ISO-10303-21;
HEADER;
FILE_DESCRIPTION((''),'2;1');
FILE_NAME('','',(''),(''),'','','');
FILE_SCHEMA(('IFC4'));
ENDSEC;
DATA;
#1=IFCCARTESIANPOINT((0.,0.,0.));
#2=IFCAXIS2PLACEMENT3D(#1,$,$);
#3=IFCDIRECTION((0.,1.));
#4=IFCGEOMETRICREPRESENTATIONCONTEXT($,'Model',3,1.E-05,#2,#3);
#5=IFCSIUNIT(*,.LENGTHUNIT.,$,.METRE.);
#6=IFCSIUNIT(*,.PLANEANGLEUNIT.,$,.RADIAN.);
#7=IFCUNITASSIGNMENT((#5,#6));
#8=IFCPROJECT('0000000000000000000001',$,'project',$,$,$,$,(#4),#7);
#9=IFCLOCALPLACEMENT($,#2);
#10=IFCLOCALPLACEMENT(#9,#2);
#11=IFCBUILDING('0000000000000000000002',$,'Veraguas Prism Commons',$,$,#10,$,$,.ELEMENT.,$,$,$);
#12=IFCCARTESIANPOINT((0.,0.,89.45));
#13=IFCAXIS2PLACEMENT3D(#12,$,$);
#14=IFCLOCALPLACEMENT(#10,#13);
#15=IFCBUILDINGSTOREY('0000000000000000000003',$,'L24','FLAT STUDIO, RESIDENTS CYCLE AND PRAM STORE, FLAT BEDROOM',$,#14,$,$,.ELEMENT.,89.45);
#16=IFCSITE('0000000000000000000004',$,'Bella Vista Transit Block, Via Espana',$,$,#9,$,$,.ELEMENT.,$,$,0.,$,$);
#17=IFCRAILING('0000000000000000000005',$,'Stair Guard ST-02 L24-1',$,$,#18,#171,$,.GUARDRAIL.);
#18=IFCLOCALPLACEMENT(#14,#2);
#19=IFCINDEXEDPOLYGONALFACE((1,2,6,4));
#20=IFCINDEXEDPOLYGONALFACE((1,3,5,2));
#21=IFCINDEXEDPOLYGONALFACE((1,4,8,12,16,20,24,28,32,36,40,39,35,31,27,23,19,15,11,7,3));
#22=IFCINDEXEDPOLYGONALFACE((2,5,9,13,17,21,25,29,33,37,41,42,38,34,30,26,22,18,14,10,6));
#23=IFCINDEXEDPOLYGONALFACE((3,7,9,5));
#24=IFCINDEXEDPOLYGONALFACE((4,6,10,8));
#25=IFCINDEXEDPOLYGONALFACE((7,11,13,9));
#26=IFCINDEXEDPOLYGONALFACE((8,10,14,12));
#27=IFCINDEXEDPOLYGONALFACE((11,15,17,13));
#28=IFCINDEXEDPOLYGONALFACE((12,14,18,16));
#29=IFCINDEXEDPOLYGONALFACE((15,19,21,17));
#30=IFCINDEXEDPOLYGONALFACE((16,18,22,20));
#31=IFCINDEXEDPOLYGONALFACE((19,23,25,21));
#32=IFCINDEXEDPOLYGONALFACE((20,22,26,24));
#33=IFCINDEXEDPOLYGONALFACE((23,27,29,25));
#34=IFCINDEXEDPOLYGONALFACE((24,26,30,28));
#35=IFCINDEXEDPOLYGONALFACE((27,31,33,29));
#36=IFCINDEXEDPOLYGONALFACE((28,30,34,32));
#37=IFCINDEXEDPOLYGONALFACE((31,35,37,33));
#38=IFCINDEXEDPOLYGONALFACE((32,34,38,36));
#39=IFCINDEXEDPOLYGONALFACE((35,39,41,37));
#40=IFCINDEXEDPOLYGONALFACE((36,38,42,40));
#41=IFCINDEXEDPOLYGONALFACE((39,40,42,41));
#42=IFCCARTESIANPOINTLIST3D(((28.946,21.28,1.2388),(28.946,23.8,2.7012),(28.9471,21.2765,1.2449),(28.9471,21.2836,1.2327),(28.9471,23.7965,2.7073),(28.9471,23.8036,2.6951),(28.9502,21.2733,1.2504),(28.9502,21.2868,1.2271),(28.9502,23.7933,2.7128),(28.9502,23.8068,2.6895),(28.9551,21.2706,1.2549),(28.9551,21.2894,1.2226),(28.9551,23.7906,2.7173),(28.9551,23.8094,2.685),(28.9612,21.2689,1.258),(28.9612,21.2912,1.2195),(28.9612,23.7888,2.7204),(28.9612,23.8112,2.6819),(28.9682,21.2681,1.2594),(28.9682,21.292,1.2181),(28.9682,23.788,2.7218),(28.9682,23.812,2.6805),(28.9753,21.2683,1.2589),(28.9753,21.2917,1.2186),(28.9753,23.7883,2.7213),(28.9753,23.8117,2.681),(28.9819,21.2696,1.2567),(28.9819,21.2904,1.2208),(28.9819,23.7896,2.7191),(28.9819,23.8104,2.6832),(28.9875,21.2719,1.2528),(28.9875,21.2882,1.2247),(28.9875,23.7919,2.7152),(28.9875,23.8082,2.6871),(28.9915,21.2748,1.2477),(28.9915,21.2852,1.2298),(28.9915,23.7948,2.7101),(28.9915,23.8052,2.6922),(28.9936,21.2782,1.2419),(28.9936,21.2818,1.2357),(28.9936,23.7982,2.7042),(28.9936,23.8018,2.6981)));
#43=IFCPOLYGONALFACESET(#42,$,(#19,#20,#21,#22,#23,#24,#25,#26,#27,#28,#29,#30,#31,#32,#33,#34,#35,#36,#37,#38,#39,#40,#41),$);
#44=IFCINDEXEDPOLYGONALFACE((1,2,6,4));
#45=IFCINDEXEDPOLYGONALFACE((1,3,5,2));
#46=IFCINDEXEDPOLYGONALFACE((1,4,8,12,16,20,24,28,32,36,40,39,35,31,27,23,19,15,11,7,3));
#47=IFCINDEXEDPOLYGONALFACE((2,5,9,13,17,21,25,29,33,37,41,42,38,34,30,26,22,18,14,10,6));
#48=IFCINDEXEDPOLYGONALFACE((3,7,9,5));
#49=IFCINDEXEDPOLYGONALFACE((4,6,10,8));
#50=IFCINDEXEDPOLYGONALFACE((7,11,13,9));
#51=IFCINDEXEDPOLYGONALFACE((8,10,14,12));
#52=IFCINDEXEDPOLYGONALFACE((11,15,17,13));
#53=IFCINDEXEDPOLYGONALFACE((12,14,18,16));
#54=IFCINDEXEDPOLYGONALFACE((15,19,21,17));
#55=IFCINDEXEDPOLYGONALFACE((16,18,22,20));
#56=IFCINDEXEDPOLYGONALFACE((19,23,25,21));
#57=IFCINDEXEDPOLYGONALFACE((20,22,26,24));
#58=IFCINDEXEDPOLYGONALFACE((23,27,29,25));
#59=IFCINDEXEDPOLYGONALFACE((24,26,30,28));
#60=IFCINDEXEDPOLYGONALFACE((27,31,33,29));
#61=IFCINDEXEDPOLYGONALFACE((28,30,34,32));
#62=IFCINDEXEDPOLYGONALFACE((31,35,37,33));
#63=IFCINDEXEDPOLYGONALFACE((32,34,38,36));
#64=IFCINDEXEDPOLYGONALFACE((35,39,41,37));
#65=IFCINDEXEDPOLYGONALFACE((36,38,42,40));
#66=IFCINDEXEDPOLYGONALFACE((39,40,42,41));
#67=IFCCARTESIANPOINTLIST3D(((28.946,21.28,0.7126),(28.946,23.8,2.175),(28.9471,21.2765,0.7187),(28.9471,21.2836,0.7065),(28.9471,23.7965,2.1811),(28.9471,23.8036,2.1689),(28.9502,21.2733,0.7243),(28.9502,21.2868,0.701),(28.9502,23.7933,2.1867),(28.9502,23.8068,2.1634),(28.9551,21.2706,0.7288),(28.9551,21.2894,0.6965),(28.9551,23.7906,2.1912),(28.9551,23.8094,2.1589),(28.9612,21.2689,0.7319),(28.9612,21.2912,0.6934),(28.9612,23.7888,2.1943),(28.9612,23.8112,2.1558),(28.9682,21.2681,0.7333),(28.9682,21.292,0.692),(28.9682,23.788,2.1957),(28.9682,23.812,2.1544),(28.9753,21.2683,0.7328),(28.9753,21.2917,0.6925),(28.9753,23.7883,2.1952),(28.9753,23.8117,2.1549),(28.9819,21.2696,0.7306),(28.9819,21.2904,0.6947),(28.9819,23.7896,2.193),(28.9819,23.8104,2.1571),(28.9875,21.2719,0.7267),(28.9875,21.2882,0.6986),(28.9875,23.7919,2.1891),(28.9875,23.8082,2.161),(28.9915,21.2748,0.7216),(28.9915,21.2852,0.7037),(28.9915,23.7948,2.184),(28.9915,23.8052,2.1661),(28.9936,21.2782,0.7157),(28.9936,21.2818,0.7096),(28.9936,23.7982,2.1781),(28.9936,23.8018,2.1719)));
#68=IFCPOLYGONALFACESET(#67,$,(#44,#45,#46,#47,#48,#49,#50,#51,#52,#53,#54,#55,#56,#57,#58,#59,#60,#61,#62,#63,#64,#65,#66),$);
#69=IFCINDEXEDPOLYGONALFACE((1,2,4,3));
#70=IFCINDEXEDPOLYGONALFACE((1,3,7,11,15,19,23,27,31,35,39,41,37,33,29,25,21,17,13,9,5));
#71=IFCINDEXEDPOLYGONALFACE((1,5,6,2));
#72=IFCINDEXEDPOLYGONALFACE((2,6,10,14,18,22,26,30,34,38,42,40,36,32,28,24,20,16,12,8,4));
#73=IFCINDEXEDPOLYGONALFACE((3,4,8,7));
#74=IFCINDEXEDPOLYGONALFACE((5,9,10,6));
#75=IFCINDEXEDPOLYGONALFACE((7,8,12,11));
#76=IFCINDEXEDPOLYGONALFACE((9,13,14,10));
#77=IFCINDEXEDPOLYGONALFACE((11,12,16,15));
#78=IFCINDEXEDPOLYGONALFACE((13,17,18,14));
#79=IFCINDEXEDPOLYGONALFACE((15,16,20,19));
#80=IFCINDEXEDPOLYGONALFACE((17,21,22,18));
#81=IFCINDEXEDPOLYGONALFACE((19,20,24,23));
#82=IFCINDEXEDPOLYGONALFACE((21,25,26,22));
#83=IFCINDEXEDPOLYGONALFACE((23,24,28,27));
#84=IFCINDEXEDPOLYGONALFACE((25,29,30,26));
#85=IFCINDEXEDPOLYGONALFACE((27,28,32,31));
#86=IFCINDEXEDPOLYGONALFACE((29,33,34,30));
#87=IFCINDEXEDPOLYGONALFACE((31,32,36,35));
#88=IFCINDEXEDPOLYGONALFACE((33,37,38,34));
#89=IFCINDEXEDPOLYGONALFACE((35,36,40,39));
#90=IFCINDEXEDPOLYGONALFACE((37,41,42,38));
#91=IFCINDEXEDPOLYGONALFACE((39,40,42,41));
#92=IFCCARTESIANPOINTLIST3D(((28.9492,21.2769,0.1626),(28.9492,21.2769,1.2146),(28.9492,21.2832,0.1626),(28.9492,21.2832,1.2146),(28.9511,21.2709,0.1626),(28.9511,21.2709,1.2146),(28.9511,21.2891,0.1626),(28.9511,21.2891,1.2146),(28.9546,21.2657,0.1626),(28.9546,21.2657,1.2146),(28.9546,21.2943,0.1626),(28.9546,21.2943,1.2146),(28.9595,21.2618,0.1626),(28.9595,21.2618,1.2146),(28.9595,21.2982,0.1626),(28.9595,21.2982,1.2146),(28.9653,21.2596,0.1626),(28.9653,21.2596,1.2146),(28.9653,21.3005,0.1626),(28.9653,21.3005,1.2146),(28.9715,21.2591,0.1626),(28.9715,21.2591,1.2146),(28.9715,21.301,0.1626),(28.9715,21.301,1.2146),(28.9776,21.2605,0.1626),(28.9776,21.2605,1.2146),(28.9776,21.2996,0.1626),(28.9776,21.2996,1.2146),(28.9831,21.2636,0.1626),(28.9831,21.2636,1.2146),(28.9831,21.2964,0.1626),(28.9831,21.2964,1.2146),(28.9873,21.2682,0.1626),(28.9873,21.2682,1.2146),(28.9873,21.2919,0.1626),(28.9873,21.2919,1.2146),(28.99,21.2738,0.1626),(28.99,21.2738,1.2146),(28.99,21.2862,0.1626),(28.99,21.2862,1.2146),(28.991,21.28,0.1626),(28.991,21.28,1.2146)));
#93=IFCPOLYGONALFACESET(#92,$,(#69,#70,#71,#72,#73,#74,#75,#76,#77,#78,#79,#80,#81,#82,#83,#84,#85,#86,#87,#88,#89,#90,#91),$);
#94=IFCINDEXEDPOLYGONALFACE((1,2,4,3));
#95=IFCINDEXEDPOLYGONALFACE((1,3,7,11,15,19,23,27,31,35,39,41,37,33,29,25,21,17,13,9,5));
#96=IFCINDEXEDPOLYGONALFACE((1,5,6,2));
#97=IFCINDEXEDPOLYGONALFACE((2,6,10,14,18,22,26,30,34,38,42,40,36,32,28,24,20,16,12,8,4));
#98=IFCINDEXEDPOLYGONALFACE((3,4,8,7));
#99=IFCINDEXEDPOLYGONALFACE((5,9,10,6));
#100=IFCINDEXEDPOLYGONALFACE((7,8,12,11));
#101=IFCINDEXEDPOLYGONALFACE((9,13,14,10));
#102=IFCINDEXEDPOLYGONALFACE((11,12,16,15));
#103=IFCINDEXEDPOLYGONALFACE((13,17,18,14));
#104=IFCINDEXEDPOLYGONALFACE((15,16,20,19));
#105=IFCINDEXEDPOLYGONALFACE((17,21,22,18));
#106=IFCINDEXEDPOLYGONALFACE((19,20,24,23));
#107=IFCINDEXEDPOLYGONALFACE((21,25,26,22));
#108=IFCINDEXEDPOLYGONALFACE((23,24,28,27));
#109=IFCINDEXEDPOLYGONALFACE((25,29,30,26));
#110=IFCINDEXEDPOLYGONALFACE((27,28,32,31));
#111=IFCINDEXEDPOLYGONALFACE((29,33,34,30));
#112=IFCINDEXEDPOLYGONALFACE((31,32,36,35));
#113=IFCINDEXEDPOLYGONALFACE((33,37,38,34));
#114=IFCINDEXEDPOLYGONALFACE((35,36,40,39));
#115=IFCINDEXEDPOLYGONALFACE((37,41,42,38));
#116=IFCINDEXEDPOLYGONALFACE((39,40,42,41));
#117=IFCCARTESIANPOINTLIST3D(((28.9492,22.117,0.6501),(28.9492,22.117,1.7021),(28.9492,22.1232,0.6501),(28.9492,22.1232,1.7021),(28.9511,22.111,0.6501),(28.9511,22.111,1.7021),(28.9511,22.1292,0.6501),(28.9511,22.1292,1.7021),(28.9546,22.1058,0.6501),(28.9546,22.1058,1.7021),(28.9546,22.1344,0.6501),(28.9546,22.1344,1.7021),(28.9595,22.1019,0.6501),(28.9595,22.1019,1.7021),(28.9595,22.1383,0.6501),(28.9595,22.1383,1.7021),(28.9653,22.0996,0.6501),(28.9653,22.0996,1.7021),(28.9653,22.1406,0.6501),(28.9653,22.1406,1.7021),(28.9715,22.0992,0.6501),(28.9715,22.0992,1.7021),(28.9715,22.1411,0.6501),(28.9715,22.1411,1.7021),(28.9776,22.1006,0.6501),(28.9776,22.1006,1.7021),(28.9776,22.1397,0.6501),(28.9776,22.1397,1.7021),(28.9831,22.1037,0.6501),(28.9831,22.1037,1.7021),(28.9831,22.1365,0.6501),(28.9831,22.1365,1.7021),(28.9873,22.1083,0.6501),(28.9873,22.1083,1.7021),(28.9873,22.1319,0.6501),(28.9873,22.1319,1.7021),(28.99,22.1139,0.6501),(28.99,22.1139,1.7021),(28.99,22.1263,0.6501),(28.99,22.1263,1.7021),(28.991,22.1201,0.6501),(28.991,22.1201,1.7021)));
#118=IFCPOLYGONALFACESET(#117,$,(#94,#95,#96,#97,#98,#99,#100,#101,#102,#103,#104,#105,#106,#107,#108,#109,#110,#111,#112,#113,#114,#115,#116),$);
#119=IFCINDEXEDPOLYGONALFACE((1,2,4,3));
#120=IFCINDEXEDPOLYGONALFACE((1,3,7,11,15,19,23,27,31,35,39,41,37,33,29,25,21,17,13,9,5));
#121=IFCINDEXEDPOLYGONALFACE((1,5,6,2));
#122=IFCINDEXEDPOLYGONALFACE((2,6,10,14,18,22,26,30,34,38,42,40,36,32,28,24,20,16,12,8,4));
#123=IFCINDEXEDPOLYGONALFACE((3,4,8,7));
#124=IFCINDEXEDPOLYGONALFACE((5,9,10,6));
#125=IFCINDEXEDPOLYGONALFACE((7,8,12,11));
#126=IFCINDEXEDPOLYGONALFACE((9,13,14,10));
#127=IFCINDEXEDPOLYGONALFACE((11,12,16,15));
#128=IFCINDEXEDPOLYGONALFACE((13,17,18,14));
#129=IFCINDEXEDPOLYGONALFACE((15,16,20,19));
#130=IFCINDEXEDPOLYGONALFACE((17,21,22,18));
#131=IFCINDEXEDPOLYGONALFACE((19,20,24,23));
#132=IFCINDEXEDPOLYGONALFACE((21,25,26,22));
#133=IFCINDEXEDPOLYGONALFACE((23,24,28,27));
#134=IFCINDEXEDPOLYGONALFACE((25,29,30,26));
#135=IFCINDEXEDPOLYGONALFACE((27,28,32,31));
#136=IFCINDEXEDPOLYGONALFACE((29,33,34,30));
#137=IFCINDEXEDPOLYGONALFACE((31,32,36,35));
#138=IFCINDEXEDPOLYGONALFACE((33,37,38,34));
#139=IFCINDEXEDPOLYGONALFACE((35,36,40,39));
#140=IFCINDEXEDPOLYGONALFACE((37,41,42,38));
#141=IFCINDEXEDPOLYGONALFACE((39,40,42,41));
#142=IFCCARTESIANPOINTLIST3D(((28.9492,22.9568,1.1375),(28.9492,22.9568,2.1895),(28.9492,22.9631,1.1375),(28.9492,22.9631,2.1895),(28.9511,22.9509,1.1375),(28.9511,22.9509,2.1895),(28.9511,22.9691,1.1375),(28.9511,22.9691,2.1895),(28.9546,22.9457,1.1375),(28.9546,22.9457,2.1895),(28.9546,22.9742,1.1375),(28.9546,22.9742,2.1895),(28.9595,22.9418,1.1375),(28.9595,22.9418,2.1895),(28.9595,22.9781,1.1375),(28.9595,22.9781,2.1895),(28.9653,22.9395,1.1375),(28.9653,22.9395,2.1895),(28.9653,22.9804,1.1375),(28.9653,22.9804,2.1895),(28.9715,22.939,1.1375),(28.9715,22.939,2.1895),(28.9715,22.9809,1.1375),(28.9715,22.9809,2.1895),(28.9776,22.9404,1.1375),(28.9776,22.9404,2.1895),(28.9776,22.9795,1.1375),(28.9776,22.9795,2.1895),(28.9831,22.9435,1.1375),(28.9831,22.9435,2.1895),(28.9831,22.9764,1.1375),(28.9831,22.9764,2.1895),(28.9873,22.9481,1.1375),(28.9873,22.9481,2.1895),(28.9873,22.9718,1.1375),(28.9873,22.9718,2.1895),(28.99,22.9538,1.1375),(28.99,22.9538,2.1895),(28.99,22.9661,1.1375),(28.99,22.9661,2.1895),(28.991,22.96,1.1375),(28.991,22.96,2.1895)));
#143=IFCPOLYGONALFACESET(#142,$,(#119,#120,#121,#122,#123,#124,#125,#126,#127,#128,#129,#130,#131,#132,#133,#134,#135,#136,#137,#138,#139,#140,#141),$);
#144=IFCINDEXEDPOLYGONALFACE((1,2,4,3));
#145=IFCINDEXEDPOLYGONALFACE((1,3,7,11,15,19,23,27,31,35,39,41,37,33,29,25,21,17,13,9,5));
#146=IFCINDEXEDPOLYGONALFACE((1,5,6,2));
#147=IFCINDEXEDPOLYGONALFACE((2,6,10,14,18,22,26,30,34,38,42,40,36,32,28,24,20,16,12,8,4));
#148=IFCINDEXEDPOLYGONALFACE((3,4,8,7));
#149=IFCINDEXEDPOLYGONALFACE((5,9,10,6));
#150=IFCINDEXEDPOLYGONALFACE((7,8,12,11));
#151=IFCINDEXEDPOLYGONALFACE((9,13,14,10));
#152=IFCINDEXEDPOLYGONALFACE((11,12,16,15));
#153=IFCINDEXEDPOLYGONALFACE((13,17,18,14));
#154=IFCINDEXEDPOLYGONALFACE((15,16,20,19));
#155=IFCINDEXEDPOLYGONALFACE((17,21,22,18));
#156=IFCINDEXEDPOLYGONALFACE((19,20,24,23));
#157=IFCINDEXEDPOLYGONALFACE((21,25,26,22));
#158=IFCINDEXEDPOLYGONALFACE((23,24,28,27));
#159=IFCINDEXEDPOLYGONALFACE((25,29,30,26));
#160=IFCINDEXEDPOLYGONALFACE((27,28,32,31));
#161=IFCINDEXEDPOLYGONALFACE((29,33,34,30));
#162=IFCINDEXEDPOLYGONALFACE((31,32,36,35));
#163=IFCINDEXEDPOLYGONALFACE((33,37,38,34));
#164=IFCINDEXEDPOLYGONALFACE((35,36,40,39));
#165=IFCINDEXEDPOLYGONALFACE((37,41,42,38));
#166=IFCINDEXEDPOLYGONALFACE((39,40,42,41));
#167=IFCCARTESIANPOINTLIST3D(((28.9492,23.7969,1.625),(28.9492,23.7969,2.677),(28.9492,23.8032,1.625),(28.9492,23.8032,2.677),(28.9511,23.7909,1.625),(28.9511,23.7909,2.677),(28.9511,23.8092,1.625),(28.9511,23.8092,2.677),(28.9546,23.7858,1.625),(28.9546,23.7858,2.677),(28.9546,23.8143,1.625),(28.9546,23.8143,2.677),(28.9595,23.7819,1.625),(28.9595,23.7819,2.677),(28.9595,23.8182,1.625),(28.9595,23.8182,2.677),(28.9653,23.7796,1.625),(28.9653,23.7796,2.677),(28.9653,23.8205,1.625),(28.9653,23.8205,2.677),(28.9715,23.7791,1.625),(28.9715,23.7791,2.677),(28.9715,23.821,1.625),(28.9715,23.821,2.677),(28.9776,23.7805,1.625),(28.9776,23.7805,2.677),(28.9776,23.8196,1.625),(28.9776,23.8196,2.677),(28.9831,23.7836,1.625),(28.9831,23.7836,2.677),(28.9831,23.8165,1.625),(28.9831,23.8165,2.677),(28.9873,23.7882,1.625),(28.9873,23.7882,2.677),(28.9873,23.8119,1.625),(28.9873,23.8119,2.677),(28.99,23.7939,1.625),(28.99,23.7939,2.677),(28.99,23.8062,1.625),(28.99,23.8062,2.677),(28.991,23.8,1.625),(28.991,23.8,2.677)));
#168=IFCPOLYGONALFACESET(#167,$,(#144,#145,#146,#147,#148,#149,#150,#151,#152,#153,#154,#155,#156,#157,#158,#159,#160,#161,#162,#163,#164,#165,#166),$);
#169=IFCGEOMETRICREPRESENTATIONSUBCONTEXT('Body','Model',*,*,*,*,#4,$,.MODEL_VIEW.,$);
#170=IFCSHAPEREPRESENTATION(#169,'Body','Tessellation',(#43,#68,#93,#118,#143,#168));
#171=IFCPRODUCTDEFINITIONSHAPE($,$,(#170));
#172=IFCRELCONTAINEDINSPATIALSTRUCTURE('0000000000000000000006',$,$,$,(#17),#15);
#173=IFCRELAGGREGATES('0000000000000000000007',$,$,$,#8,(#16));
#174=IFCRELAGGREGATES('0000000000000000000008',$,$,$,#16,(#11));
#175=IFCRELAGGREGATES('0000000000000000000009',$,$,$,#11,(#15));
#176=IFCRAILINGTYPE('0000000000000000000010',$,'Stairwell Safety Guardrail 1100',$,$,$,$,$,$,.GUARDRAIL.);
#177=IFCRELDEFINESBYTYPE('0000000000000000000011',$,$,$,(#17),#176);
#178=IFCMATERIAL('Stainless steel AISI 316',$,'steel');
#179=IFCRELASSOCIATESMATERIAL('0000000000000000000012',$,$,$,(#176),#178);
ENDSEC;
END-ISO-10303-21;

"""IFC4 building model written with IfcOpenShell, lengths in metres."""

from ifc_helpers import new_model, si_unit, direction, frame, origin, origin_2d, place, context, subcontext, project, spatial, circle, extrude, material, type_object, element, save


model = new_model("IFC4")

# Units and contexts
model_context = context("Model", 3, precision=1e-05, world=origin(), true_north=direction((0.0, 1.0)))
body_context = subcontext(model_context, "Body", "Model", "MODEL_VIEW")
ifc_project = project(units=[si_unit("LENGTHUNIT", "METRE"), si_unit("PLANEANGLEUNIT", "RADIAN")], contexts=[model_context])

# Site, building, storey
site_placement = place(None, origin())
site = spatial("IfcSite", under=ifc_project, at=site_placement, Name="Bella Vista Transit Block, Via Espana", CompositionType="ELEMENT", RefElevation=0.0)
building_placement = place(site_placement, origin())
building = spatial("IfcBuilding", under=site, at=building_placement, Name="Veraguas Prism Commons", CompositionType="ELEMENT")
storey_placement = place(building_placement, frame((0.0, 0.0, 89.45)))
storey = spatial("IfcBuildingStorey", under=building, at=storey_placement, Name="L24", Description="FLAT STUDIO, RESIDENTS CYCLE AND PRAM STORE, FLAT BEDROOM", CompositionType="ELEMENT", Elevation=89.45)

# Shared definitions
ifc_material_1 = material(Name="Stainless steel AISI 316", Category="steel")

# Railing
railing_type_1 = type_object("IfcRailingType", Name="Stairwell Safety Guardrail 1100", PredefinedType="GUARDRAIL", material=ifc_material_1)
railing_1_placement = place(storey_placement, frame((28.97, 21.28, 0.1626)))
element("IfcRailing", 1, at=railing_1_placement, inside=storey, type_object=railing_type_1, Name="Stair Guard ST-02 L24-1", PredefinedType="GUARDRAIL", context=body_context, shape_type="SweptSolid", body=[
    extrude(circle(Radius=0.0239, at=origin_2d()), frame((0.0, 0.0, 1.0762), z_axis=(0.0, 0.864913, 0.501921), x_axis=(-1.0, 0.0, 0.0)), (0.0, 0.0, 1.0), 2.9136),
    extrude(circle(Radius=0.0239, at=origin_2d()), frame((0.0, 0.0, 0.55), z_axis=(0.0, 0.864913, 0.501921), x_axis=(-1.0, 0.0, 0.0)), (0.0, 0.0, 1.0), 2.9136),
    extrude(circle(Radius=0.021, at=origin_2d()), origin(), (0.0, 0.0, 1.0), 1.052),
    extrude(circle(Radius=0.021, at=origin_2d()), frame((0.0, 0.8401, 0.4875)), (0.0, 0.0, 1.0), 1.052),
    extrude(circle(Radius=0.021, at=origin_2d()), frame((0.0, 1.6799, 0.9749)), (0.0, 0.0, 1.0), 1.052),
    extrude(circle(Radius=0.021, at=origin_2d()), frame((0.0, 2.52, 1.4624)), (0.0, 0.0, 1.0), 1.052),
])

save(model, "model.ifc")
